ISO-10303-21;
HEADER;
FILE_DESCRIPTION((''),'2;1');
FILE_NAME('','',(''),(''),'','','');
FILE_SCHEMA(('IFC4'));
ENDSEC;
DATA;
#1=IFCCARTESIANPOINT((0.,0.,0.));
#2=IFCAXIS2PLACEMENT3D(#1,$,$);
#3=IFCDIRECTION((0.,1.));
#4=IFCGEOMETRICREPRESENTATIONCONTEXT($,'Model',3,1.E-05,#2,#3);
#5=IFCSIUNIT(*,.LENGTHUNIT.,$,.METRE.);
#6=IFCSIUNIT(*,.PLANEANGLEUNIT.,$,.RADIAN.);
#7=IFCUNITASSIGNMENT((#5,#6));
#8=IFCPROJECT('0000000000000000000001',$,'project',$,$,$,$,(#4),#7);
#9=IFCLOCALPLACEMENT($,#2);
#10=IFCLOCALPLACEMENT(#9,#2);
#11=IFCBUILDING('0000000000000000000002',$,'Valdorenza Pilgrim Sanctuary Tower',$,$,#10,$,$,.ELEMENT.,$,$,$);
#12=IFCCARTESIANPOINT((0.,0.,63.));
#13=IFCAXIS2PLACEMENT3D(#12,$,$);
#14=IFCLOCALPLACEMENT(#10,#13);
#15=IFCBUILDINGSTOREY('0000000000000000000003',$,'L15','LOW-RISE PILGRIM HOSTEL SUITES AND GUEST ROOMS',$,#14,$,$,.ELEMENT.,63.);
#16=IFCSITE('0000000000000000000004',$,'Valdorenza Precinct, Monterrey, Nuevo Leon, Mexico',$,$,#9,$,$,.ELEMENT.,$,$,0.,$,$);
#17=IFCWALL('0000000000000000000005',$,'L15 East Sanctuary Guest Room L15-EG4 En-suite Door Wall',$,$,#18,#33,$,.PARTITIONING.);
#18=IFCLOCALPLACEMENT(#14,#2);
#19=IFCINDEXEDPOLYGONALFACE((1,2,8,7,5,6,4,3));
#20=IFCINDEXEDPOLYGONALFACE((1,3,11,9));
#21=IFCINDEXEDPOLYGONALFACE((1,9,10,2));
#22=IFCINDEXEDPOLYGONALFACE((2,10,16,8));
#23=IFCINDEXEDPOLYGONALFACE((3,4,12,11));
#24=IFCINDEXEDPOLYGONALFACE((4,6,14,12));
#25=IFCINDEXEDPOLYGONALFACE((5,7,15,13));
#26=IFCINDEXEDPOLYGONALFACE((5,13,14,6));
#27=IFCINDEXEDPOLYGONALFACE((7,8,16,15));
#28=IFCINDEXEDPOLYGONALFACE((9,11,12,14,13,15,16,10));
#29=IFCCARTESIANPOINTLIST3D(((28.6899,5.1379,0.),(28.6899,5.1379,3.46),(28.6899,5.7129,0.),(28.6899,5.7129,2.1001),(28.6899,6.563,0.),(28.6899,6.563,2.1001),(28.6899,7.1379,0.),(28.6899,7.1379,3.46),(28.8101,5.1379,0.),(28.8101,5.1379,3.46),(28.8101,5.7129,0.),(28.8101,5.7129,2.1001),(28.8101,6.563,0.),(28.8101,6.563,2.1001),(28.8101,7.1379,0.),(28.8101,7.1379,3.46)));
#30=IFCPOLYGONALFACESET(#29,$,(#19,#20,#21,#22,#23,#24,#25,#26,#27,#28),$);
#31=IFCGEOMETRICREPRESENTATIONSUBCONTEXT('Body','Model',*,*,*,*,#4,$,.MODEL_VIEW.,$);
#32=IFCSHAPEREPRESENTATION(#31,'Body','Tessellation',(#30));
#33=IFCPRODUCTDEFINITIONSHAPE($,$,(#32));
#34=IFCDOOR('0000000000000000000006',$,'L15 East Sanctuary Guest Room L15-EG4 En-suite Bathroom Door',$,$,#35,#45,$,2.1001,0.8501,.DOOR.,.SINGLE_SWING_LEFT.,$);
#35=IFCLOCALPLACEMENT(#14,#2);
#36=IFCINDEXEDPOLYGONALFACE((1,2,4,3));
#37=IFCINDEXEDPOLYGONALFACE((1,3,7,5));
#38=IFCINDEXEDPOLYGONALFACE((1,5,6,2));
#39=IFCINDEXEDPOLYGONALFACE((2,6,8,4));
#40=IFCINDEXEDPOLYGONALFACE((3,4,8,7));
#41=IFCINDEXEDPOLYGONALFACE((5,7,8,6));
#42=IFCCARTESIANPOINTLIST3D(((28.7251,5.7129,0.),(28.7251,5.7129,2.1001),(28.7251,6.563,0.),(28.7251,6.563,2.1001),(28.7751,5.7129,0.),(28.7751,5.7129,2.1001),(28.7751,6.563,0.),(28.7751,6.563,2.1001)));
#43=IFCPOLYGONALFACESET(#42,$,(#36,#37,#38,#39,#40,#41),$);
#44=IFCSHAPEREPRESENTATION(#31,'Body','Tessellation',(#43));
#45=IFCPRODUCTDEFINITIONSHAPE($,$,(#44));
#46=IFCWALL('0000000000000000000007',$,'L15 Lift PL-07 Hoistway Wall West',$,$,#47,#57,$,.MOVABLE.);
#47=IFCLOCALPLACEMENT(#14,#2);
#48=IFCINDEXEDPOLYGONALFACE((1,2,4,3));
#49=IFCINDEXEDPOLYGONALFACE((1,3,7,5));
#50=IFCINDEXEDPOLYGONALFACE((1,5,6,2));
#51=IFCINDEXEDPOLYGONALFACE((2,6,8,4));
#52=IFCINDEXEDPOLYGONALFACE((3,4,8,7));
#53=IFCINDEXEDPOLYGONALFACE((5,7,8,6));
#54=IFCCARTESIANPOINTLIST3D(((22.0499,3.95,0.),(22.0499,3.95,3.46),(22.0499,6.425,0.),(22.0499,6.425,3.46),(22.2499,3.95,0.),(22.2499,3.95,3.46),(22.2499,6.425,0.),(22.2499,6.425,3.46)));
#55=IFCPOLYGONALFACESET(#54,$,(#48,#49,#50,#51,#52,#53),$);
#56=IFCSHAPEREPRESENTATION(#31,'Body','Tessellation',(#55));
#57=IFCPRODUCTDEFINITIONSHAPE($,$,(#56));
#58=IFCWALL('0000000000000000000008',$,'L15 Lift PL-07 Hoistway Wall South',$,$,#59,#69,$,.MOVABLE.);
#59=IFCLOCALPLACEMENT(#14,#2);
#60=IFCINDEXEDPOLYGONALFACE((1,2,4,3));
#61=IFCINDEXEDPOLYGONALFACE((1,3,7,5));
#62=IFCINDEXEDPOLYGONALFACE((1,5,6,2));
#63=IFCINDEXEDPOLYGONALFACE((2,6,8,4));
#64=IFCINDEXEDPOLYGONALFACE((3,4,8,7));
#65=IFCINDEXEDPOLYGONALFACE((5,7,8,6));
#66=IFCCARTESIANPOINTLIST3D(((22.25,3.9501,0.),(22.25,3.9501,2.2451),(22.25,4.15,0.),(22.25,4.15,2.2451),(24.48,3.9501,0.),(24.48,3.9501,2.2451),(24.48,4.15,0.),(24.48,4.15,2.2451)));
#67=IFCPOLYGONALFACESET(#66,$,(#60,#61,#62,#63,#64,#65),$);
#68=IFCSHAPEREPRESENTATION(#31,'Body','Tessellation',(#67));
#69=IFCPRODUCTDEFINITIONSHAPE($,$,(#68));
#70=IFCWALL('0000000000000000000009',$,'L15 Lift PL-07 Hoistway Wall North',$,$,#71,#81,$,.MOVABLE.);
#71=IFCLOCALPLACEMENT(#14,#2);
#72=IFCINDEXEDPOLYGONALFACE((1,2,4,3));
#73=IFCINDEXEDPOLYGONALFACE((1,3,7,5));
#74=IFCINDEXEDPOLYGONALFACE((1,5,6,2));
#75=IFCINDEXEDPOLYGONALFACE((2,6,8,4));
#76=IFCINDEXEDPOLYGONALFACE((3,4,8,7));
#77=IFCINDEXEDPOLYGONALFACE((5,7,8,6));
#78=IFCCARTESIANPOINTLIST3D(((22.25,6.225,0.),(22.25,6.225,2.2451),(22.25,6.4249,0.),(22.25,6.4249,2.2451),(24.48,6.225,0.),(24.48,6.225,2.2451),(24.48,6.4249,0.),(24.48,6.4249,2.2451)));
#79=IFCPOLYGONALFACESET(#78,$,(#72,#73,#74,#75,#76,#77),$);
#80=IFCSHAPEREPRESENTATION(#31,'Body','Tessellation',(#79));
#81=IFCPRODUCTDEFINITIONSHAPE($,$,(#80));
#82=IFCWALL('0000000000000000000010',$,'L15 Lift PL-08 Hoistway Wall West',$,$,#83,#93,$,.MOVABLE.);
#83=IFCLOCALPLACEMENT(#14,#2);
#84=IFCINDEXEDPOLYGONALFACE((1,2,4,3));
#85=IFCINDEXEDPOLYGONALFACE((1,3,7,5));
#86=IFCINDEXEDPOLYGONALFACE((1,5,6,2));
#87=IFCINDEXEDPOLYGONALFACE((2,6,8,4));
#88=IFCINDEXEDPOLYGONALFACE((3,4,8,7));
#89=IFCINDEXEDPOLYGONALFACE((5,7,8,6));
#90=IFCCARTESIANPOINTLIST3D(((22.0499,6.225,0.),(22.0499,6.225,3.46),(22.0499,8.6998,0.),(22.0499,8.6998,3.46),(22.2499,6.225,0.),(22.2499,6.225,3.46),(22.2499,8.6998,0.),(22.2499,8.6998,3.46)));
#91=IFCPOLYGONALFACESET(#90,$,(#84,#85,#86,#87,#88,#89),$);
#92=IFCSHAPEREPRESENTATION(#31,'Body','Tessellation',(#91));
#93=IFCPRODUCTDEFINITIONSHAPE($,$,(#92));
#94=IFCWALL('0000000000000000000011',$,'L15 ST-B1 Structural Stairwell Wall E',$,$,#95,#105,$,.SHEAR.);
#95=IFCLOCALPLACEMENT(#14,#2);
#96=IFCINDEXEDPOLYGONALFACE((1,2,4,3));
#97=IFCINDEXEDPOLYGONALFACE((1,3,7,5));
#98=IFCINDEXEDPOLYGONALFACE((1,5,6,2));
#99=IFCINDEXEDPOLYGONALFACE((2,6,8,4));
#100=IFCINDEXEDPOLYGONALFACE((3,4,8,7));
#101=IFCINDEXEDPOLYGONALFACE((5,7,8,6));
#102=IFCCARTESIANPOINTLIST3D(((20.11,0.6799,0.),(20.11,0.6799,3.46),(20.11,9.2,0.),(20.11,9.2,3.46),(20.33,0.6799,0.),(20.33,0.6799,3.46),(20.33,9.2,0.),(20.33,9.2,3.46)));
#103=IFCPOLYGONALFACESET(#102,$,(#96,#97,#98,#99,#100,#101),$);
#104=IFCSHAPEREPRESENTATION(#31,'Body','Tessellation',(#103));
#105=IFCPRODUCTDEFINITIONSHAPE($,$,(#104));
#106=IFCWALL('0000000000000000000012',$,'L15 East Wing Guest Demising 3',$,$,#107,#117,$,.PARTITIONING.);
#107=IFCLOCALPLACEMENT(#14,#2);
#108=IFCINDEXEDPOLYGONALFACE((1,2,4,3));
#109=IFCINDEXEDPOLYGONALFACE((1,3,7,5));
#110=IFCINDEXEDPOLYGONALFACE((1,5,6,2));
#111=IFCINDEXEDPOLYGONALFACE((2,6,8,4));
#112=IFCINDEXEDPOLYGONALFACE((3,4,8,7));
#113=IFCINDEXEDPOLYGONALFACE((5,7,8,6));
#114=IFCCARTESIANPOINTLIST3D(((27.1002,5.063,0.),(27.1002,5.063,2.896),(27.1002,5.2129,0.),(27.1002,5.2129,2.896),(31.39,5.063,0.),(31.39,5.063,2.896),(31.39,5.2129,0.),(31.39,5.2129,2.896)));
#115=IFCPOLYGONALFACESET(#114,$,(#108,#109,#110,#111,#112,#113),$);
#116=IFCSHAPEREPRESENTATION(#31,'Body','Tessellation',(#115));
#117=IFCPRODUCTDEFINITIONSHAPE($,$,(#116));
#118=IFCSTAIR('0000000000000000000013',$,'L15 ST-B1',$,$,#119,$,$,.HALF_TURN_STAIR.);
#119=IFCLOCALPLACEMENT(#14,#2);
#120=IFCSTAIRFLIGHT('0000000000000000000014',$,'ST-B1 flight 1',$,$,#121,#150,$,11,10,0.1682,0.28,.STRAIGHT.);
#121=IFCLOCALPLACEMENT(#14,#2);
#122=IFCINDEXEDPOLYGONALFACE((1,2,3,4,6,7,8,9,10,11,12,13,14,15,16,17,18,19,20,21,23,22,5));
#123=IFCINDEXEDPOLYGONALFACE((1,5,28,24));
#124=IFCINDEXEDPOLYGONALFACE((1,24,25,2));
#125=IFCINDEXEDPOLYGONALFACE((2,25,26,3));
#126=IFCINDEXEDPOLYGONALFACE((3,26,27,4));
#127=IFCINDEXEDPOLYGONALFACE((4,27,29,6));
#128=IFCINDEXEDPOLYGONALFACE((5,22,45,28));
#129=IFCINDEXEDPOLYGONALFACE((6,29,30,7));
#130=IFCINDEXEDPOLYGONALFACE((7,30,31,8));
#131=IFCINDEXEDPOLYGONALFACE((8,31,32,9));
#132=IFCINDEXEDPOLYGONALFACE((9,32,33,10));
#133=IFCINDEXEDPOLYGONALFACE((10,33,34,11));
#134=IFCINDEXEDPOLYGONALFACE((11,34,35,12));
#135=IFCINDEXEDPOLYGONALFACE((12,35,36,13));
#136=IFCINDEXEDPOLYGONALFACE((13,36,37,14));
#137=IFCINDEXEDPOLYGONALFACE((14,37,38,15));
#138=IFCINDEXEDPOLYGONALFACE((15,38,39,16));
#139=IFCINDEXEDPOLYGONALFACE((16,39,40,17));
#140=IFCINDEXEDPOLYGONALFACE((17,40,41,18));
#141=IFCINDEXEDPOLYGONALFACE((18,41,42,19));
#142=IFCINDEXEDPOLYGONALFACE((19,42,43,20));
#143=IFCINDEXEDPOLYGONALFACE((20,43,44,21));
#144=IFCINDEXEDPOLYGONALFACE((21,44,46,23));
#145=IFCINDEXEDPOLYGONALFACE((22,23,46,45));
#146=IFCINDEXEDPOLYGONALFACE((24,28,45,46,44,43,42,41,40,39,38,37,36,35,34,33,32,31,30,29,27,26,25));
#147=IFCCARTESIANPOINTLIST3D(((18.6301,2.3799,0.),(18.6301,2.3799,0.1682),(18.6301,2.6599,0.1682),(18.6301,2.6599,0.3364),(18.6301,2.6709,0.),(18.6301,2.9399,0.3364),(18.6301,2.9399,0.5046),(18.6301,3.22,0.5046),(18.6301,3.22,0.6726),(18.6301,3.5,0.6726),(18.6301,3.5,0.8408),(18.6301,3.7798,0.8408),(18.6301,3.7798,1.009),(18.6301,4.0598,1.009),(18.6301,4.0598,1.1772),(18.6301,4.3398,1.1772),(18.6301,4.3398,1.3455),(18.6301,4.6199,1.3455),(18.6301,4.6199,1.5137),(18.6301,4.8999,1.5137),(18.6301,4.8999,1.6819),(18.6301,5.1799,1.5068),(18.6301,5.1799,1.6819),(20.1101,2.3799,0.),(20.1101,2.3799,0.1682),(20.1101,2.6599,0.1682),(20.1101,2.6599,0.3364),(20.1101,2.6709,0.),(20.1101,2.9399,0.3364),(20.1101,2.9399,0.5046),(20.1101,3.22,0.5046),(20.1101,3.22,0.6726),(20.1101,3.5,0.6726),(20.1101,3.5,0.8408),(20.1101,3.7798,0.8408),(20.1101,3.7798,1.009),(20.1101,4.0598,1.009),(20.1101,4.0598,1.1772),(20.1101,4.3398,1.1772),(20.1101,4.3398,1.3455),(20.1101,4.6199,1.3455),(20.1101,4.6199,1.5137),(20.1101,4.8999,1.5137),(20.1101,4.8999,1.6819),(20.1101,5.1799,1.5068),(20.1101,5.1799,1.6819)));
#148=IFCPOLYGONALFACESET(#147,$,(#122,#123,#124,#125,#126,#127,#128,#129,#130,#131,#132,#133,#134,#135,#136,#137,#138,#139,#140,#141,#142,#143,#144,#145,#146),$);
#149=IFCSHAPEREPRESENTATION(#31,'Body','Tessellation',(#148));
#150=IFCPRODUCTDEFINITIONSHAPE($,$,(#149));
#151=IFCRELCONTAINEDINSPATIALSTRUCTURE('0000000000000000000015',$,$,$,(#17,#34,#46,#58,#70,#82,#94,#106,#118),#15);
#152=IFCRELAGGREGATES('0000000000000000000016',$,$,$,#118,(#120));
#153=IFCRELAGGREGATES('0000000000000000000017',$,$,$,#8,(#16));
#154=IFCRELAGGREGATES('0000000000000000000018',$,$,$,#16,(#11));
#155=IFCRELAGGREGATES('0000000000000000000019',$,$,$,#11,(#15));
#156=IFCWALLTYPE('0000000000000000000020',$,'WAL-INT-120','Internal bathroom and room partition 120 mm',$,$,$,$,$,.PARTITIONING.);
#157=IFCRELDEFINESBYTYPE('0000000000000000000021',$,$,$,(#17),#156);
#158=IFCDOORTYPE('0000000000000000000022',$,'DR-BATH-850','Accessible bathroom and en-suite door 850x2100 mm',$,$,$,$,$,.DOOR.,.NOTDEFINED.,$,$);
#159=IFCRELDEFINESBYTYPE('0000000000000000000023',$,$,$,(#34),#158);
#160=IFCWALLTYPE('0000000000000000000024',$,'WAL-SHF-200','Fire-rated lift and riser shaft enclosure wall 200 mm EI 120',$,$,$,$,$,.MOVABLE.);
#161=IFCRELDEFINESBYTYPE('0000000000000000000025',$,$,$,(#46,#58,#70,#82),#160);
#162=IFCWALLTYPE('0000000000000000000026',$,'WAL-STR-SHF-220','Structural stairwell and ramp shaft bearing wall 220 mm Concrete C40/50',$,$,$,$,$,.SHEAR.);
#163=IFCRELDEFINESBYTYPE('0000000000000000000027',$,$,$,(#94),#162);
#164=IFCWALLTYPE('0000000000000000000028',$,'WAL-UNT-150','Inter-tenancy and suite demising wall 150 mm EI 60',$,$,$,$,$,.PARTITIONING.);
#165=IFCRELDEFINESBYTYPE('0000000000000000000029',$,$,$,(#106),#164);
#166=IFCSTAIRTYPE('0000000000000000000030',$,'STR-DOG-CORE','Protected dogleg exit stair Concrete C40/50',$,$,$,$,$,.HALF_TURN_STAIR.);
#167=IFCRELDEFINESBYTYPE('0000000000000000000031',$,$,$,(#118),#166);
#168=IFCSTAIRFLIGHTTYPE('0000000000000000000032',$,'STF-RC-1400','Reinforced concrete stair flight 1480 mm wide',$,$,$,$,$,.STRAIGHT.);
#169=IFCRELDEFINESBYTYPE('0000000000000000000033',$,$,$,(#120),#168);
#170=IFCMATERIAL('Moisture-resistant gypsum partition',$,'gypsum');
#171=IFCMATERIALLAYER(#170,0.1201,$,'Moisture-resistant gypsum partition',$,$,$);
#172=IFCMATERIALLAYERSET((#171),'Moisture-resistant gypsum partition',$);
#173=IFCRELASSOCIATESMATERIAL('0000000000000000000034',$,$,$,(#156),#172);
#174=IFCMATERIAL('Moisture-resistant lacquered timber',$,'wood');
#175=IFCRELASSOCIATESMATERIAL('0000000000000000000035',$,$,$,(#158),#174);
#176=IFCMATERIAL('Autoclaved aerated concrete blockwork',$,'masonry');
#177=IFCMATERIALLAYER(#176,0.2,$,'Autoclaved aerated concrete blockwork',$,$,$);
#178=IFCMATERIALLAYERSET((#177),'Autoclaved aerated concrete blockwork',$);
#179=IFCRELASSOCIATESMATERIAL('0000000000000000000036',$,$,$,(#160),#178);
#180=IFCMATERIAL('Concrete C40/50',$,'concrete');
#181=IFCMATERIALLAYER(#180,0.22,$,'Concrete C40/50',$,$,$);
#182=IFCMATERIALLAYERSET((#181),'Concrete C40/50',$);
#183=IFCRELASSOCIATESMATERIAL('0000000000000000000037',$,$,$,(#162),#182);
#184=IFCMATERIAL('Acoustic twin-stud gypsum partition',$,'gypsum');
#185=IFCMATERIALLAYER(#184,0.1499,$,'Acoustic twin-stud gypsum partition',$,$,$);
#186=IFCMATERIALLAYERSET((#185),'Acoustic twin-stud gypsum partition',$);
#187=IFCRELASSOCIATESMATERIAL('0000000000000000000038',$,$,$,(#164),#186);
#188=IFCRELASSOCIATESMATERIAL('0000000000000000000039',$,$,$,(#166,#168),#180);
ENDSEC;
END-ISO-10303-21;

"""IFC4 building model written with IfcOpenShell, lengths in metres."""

from ifc_helpers import new_model, si_unit, direction, frame, frame_2d, origin, place, context, subcontext, project, spatial, polyline, rectangle, outline, extrude, material, layer, layer_set, type_object, element, fill, aggregate, save


model = new_model("IFC4")

# Units and contexts
model_context = context("Model", 3, precision=1e-05, world=origin(), true_north=direction((0.0, 1.0)))
body_context = subcontext(model_context, "Body", "Model", "MODEL_VIEW")
ifc_project = project(units=[si_unit("LENGTHUNIT", "METRE"), si_unit("PLANEANGLEUNIT", "RADIAN")], contexts=[model_context])

# Site, building, storey
site_placement = place(None, origin())
site = spatial("IfcSite", under=ifc_project, at=site_placement, Name="Valdorenza Precinct, Monterrey, Nuevo Leon, Mexico", CompositionType="ELEMENT", RefElevation=0.0)
building_placement = place(site_placement, origin())
building = spatial("IfcBuilding", under=site, at=building_placement, Name="Valdorenza Pilgrim Sanctuary Tower", CompositionType="ELEMENT")
storey_placement = place(building_placement, frame((0.0, 0.0, 63.0)))
storey = spatial("IfcBuildingStorey", under=building, at=storey_placement, Name="L15", Description="LOW-RISE PILGRIM HOSTEL SUITES AND GUEST ROOMS", CompositionType="ELEMENT", Elevation=63.0)

# Shared definitions
ifc_material_1 = material(Name="Acoustic twin-stud gypsum partition", Category="gypsum")

# Shared definitions
ifc_material_2 = material(Name="Moisture-resistant gypsum partition", Category="gypsum")
ifc_layer_1 = layer(ifc_material_2, 0.1201, Name="Moisture-resistant gypsum partition")
ifc_layer_set_1 = layer_set([ifc_layer_1], Name="Moisture-resistant gypsum partition")
wall_type_1 = type_object("IfcWallType", Name="WAL-INT-120", Description="Internal bathroom and room partition 120 mm", PredefinedType="PARTITIONING", material=ifc_layer_set_1)

# Shared definitions
ifc_material_3 = material(Name="Moisture-resistant lacquered timber", Category="wood")
door_type_1 = type_object("IfcDoorType", Name="DR-BATH-850", Description="Accessible bathroom and en-suite door 850x2100 mm", OperationType="NOTDEFINED", PredefinedType="DOOR", material=ifc_material_3)

# Wall, opening, door
wall_1_placement = place(storey_placement, frame((28.75, 5.1379, 0.0), z_axis=(0.0, 0.0, 1.0), x_axis=(0.0, 1.0, 0.0)))
wall_1 = element("IfcWall", 1, at=wall_1_placement, inside=storey, type_object=wall_type_1, Name="L15 East Sanctuary Guest Room L15-EG4 En-suite Door Wall", PredefinedType="PARTITIONING", context=body_context, shape_type="SweptSolid", body=[
    extrude(rectangle(XDim=2.0, YDim=0.1201, at=frame_2d((1.0, 0.0))), origin(), (0.0, 0.0, 1.0), 3.46),
])
opening_1_placement = place(wall_1_placement, frame((0.575, 0.0, 0.0)))
opening_1 = element("IfcOpeningElement", 2, at=opening_1_placement, cuts=wall_1, PredefinedType="OPENING", context=body_context, shape_type="SweptSolid", body=[
    extrude(rectangle(XDim=0.8501, YDim=2.1001, at=frame_2d((0.425, 1.05))), frame((0.0, 0.075, 0.0), z_axis=(0.0, -1.0, 0.0), x_axis=(1.0, 0.0, 0.0)), (0.0, 0.0, 1.0), 0.1499),
])
door_1_placement = place(opening_1_placement, origin())
door_1 = element("IfcDoor", 3, at=door_1_placement, inside=storey, type_object=door_type_1, Name="L15 East Sanctuary Guest Room L15-EG4 En-suite Bathroom Door", OperationType="SINGLE_SWING_LEFT", OverallHeight=2.1001, OverallWidth=0.8501, PredefinedType="DOOR", context=body_context, shape_type="SweptSolid", body=[
    extrude(rectangle(XDim=0.8501, YDim=2.1001, at=frame_2d((0.425, 1.05))), frame((0.0, 0.0249, 0.0), z_axis=(0.0, -1.0, 0.0), x_axis=(1.0, 0.0, 0.0)), (0.0, 0.0, 1.0), 0.05),
])
fill(opening_1, door_1)

# Walls
ifc_material_4 = material(Name="Autoclaved aerated concrete blockwork", Category="masonry")
ifc_layer_2 = layer(ifc_material_4, 0.2, Name="Autoclaved aerated concrete blockwork")
ifc_layer_set_2 = layer_set([ifc_layer_2], Name="Autoclaved aerated concrete blockwork")
wall_type_2 = type_object("IfcWallType", Name="WAL-SHF-200", Description="Fire-rated lift and riser shaft enclosure wall 200 mm EI 120", PredefinedType="MOVABLE", material=ifc_layer_set_2)
wall_2_placement = place(storey_placement, frame((22.1499, 3.95, 0.0), z_axis=(0.0, 0.0, 1.0), x_axis=(0.0, 1.0, 0.0)))
element("IfcWall", 4, at=wall_2_placement, inside=storey, type_object=wall_type_2, Name="L15 Lift PL-07 Hoistway Wall West", PredefinedType="MOVABLE", context=body_context, shape_type="SweptSolid", body=[
    extrude(rectangle(XDim=2.4751, YDim=0.2, at=frame_2d((1.2375, 0.0))), origin(), (0.0, 0.0, 1.0), 3.46),
])
for number, where, z_axis, x_axis, name in (
    (5, (22.25, 4.05, 0.0), (0.0, 0.0, 1.0), (1.0, 0.0, 0.0), "L15 Lift PL-07 Hoistway Wall South"),
    (6, (22.25, 6.325, 0.0), (0.0, 0.0, 1.0), (1.0, 0.0, 0.0), "L15 Lift PL-07 Hoistway Wall North"),
):
    element("IfcWall", number, at=place(storey_placement, frame(where, z_axis=z_axis, x_axis=x_axis)), inside=storey, type_object=wall_type_2, Name=name, PredefinedType="MOVABLE", context=body_context, shape_type="SweptSolid", body=[
        extrude(rectangle(XDim=2.23, YDim=0.2, at=frame_2d((1.115, 0.0))), origin(), (0.0, 0.0, 1.0), 2.2451),
    ])
wall_3_placement = place(storey_placement, frame((22.1499, 6.2251, 0.0), z_axis=(0.0, 0.0, 1.0), x_axis=(0.0, 1.0, 0.0)))
element("IfcWall", 7, at=wall_3_placement, inside=storey, type_object=wall_type_2, Name="L15 Lift PL-08 Hoistway Wall West", PredefinedType="MOVABLE", context=body_context, shape_type="SweptSolid", body=[
    extrude(rectangle(XDim=2.4749, YDim=0.2, at=frame_2d((1.2373, 0.0))), origin(), (0.0, 0.0, 1.0), 3.46),
])
ifc_material_5 = material(Name="Concrete C40/50", Category="concrete")
ifc_layer_3 = layer(ifc_material_5, 0.22, Name="Concrete C40/50")
ifc_layer_set_3 = layer_set([ifc_layer_3], Name="Concrete C40/50")
wall_type_3 = type_object("IfcWallType", Name="WAL-STR-SHF-220", Description="Structural stairwell and ramp shaft bearing wall 220 mm Concrete C40/50", PredefinedType="SHEAR", material=ifc_layer_set_3)
wall_4_placement = place(storey_placement, frame((20.22, 0.6799, 0.0), z_axis=(0.0, 0.0, 1.0), x_axis=(0.0, 1.0, 0.0)))
element("IfcWall", 8, at=wall_4_placement, inside=storey, type_object=wall_type_3, Name="L15 ST-B1 Structural Stairwell Wall E", PredefinedType="SHEAR", context=body_context, shape_type="SweptSolid", body=[
    extrude(rectangle(XDim=8.52, YDim=0.22, at=frame_2d((4.26, 0.0))), origin(), (0.0, 0.0, 1.0), 3.46),
])
ifc_layer_4 = layer(ifc_material_1, 0.1499, Name="Acoustic twin-stud gypsum partition")
ifc_layer_set_4 = layer_set([ifc_layer_4], Name="Acoustic twin-stud gypsum partition")
wall_type_4 = type_object("IfcWallType", Name="WAL-UNT-150", Description="Inter-tenancy and suite demising wall 150 mm EI 60", PredefinedType="PARTITIONING", material=ifc_layer_set_4)
wall_5_placement = place(storey_placement, frame((27.1001, 5.1379, 0.0), z_axis=(0.0, 0.0, 1.0), x_axis=(1.0, 0.0, 0.0)))
element("IfcWall", 9, at=wall_5_placement, inside=storey, type_object=wall_type_4, Name="L15 East Wing Guest Demising 3", PredefinedType="PARTITIONING", context=body_context, shape_type="SweptSolid", body=[
    extrude(rectangle(XDim=4.2898, YDim=0.1499, at=frame_2d((2.145, 0.0))), origin(), (0.0, 0.0, 1.0), 2.896),
])

# Stair, stair flight
stair_type = type_object("IfcStairType", Name="STR-DOG-CORE", Description="Protected dogleg exit stair Concrete C40/50", PredefinedType="HALF_TURN_STAIR", material=ifc_material_5)
stair_placement = place(storey_placement, origin())
stair = element("IfcStair", 10, at=stair_placement, inside=storey, type_object=stair_type, Name="L15 ST-B1", PredefinedType="HALF_TURN_STAIR")
stair_flight_type = type_object("IfcStairFlightType", Name="STF-RC-1400", Description="Reinforced concrete stair flight 1480 mm wide", PredefinedType="STRAIGHT", material=ifc_material_5)
stair_flight_placement = place(storey_placement, frame((19.3701, 2.3799, 0.0), z_axis=(0.0, 0.0, 1.0), x_axis=(0.0, 1.0, 0.0)))
stair_flight = element("IfcStairFlight", 11, at=stair_flight_placement, type_object=stair_flight_type, Name="ST-B1 flight 1", NumberOfRisers=11, NumberOfTreads=10, PredefinedType="STRAIGHT", RiserHeight=0.1682, TreadLength=0.28, context=body_context, shape_type="SweptSolid", body=[
    extrude(outline(polyline([(0.0, 0.0), (0.0, 0.1682), (0.28, 0.1682), (0.28, 0.3364), (0.5601, 0.3364), (0.5601, 0.5046), (0.8401, 0.5046), (0.8401, 0.6726), (1.1201, 0.6726), (1.1201, 0.8408), (1.3999, 0.8408), (1.3999, 1.009), (1.6799, 1.009), (1.6799, 1.1772), (1.96, 1.1772), (1.96, 1.3455), (2.24, 1.3455), (2.24, 1.5137), (2.52, 1.5137), (2.52, 1.6819), (2.8, 1.6819), (2.8, 1.8501), (2.8, 1.5068), (0.291, 0.0), (0.0, 0.0)])), frame((0.0, 0.74, 0.0), z_axis=(0.0, -1.0, 0.0), x_axis=(1.0, 0.0, 0.0)), (0.0, 0.0, 1.0), 1.48),
])
aggregate(stair, [stair_flight])

save(model, "model.ifc")
